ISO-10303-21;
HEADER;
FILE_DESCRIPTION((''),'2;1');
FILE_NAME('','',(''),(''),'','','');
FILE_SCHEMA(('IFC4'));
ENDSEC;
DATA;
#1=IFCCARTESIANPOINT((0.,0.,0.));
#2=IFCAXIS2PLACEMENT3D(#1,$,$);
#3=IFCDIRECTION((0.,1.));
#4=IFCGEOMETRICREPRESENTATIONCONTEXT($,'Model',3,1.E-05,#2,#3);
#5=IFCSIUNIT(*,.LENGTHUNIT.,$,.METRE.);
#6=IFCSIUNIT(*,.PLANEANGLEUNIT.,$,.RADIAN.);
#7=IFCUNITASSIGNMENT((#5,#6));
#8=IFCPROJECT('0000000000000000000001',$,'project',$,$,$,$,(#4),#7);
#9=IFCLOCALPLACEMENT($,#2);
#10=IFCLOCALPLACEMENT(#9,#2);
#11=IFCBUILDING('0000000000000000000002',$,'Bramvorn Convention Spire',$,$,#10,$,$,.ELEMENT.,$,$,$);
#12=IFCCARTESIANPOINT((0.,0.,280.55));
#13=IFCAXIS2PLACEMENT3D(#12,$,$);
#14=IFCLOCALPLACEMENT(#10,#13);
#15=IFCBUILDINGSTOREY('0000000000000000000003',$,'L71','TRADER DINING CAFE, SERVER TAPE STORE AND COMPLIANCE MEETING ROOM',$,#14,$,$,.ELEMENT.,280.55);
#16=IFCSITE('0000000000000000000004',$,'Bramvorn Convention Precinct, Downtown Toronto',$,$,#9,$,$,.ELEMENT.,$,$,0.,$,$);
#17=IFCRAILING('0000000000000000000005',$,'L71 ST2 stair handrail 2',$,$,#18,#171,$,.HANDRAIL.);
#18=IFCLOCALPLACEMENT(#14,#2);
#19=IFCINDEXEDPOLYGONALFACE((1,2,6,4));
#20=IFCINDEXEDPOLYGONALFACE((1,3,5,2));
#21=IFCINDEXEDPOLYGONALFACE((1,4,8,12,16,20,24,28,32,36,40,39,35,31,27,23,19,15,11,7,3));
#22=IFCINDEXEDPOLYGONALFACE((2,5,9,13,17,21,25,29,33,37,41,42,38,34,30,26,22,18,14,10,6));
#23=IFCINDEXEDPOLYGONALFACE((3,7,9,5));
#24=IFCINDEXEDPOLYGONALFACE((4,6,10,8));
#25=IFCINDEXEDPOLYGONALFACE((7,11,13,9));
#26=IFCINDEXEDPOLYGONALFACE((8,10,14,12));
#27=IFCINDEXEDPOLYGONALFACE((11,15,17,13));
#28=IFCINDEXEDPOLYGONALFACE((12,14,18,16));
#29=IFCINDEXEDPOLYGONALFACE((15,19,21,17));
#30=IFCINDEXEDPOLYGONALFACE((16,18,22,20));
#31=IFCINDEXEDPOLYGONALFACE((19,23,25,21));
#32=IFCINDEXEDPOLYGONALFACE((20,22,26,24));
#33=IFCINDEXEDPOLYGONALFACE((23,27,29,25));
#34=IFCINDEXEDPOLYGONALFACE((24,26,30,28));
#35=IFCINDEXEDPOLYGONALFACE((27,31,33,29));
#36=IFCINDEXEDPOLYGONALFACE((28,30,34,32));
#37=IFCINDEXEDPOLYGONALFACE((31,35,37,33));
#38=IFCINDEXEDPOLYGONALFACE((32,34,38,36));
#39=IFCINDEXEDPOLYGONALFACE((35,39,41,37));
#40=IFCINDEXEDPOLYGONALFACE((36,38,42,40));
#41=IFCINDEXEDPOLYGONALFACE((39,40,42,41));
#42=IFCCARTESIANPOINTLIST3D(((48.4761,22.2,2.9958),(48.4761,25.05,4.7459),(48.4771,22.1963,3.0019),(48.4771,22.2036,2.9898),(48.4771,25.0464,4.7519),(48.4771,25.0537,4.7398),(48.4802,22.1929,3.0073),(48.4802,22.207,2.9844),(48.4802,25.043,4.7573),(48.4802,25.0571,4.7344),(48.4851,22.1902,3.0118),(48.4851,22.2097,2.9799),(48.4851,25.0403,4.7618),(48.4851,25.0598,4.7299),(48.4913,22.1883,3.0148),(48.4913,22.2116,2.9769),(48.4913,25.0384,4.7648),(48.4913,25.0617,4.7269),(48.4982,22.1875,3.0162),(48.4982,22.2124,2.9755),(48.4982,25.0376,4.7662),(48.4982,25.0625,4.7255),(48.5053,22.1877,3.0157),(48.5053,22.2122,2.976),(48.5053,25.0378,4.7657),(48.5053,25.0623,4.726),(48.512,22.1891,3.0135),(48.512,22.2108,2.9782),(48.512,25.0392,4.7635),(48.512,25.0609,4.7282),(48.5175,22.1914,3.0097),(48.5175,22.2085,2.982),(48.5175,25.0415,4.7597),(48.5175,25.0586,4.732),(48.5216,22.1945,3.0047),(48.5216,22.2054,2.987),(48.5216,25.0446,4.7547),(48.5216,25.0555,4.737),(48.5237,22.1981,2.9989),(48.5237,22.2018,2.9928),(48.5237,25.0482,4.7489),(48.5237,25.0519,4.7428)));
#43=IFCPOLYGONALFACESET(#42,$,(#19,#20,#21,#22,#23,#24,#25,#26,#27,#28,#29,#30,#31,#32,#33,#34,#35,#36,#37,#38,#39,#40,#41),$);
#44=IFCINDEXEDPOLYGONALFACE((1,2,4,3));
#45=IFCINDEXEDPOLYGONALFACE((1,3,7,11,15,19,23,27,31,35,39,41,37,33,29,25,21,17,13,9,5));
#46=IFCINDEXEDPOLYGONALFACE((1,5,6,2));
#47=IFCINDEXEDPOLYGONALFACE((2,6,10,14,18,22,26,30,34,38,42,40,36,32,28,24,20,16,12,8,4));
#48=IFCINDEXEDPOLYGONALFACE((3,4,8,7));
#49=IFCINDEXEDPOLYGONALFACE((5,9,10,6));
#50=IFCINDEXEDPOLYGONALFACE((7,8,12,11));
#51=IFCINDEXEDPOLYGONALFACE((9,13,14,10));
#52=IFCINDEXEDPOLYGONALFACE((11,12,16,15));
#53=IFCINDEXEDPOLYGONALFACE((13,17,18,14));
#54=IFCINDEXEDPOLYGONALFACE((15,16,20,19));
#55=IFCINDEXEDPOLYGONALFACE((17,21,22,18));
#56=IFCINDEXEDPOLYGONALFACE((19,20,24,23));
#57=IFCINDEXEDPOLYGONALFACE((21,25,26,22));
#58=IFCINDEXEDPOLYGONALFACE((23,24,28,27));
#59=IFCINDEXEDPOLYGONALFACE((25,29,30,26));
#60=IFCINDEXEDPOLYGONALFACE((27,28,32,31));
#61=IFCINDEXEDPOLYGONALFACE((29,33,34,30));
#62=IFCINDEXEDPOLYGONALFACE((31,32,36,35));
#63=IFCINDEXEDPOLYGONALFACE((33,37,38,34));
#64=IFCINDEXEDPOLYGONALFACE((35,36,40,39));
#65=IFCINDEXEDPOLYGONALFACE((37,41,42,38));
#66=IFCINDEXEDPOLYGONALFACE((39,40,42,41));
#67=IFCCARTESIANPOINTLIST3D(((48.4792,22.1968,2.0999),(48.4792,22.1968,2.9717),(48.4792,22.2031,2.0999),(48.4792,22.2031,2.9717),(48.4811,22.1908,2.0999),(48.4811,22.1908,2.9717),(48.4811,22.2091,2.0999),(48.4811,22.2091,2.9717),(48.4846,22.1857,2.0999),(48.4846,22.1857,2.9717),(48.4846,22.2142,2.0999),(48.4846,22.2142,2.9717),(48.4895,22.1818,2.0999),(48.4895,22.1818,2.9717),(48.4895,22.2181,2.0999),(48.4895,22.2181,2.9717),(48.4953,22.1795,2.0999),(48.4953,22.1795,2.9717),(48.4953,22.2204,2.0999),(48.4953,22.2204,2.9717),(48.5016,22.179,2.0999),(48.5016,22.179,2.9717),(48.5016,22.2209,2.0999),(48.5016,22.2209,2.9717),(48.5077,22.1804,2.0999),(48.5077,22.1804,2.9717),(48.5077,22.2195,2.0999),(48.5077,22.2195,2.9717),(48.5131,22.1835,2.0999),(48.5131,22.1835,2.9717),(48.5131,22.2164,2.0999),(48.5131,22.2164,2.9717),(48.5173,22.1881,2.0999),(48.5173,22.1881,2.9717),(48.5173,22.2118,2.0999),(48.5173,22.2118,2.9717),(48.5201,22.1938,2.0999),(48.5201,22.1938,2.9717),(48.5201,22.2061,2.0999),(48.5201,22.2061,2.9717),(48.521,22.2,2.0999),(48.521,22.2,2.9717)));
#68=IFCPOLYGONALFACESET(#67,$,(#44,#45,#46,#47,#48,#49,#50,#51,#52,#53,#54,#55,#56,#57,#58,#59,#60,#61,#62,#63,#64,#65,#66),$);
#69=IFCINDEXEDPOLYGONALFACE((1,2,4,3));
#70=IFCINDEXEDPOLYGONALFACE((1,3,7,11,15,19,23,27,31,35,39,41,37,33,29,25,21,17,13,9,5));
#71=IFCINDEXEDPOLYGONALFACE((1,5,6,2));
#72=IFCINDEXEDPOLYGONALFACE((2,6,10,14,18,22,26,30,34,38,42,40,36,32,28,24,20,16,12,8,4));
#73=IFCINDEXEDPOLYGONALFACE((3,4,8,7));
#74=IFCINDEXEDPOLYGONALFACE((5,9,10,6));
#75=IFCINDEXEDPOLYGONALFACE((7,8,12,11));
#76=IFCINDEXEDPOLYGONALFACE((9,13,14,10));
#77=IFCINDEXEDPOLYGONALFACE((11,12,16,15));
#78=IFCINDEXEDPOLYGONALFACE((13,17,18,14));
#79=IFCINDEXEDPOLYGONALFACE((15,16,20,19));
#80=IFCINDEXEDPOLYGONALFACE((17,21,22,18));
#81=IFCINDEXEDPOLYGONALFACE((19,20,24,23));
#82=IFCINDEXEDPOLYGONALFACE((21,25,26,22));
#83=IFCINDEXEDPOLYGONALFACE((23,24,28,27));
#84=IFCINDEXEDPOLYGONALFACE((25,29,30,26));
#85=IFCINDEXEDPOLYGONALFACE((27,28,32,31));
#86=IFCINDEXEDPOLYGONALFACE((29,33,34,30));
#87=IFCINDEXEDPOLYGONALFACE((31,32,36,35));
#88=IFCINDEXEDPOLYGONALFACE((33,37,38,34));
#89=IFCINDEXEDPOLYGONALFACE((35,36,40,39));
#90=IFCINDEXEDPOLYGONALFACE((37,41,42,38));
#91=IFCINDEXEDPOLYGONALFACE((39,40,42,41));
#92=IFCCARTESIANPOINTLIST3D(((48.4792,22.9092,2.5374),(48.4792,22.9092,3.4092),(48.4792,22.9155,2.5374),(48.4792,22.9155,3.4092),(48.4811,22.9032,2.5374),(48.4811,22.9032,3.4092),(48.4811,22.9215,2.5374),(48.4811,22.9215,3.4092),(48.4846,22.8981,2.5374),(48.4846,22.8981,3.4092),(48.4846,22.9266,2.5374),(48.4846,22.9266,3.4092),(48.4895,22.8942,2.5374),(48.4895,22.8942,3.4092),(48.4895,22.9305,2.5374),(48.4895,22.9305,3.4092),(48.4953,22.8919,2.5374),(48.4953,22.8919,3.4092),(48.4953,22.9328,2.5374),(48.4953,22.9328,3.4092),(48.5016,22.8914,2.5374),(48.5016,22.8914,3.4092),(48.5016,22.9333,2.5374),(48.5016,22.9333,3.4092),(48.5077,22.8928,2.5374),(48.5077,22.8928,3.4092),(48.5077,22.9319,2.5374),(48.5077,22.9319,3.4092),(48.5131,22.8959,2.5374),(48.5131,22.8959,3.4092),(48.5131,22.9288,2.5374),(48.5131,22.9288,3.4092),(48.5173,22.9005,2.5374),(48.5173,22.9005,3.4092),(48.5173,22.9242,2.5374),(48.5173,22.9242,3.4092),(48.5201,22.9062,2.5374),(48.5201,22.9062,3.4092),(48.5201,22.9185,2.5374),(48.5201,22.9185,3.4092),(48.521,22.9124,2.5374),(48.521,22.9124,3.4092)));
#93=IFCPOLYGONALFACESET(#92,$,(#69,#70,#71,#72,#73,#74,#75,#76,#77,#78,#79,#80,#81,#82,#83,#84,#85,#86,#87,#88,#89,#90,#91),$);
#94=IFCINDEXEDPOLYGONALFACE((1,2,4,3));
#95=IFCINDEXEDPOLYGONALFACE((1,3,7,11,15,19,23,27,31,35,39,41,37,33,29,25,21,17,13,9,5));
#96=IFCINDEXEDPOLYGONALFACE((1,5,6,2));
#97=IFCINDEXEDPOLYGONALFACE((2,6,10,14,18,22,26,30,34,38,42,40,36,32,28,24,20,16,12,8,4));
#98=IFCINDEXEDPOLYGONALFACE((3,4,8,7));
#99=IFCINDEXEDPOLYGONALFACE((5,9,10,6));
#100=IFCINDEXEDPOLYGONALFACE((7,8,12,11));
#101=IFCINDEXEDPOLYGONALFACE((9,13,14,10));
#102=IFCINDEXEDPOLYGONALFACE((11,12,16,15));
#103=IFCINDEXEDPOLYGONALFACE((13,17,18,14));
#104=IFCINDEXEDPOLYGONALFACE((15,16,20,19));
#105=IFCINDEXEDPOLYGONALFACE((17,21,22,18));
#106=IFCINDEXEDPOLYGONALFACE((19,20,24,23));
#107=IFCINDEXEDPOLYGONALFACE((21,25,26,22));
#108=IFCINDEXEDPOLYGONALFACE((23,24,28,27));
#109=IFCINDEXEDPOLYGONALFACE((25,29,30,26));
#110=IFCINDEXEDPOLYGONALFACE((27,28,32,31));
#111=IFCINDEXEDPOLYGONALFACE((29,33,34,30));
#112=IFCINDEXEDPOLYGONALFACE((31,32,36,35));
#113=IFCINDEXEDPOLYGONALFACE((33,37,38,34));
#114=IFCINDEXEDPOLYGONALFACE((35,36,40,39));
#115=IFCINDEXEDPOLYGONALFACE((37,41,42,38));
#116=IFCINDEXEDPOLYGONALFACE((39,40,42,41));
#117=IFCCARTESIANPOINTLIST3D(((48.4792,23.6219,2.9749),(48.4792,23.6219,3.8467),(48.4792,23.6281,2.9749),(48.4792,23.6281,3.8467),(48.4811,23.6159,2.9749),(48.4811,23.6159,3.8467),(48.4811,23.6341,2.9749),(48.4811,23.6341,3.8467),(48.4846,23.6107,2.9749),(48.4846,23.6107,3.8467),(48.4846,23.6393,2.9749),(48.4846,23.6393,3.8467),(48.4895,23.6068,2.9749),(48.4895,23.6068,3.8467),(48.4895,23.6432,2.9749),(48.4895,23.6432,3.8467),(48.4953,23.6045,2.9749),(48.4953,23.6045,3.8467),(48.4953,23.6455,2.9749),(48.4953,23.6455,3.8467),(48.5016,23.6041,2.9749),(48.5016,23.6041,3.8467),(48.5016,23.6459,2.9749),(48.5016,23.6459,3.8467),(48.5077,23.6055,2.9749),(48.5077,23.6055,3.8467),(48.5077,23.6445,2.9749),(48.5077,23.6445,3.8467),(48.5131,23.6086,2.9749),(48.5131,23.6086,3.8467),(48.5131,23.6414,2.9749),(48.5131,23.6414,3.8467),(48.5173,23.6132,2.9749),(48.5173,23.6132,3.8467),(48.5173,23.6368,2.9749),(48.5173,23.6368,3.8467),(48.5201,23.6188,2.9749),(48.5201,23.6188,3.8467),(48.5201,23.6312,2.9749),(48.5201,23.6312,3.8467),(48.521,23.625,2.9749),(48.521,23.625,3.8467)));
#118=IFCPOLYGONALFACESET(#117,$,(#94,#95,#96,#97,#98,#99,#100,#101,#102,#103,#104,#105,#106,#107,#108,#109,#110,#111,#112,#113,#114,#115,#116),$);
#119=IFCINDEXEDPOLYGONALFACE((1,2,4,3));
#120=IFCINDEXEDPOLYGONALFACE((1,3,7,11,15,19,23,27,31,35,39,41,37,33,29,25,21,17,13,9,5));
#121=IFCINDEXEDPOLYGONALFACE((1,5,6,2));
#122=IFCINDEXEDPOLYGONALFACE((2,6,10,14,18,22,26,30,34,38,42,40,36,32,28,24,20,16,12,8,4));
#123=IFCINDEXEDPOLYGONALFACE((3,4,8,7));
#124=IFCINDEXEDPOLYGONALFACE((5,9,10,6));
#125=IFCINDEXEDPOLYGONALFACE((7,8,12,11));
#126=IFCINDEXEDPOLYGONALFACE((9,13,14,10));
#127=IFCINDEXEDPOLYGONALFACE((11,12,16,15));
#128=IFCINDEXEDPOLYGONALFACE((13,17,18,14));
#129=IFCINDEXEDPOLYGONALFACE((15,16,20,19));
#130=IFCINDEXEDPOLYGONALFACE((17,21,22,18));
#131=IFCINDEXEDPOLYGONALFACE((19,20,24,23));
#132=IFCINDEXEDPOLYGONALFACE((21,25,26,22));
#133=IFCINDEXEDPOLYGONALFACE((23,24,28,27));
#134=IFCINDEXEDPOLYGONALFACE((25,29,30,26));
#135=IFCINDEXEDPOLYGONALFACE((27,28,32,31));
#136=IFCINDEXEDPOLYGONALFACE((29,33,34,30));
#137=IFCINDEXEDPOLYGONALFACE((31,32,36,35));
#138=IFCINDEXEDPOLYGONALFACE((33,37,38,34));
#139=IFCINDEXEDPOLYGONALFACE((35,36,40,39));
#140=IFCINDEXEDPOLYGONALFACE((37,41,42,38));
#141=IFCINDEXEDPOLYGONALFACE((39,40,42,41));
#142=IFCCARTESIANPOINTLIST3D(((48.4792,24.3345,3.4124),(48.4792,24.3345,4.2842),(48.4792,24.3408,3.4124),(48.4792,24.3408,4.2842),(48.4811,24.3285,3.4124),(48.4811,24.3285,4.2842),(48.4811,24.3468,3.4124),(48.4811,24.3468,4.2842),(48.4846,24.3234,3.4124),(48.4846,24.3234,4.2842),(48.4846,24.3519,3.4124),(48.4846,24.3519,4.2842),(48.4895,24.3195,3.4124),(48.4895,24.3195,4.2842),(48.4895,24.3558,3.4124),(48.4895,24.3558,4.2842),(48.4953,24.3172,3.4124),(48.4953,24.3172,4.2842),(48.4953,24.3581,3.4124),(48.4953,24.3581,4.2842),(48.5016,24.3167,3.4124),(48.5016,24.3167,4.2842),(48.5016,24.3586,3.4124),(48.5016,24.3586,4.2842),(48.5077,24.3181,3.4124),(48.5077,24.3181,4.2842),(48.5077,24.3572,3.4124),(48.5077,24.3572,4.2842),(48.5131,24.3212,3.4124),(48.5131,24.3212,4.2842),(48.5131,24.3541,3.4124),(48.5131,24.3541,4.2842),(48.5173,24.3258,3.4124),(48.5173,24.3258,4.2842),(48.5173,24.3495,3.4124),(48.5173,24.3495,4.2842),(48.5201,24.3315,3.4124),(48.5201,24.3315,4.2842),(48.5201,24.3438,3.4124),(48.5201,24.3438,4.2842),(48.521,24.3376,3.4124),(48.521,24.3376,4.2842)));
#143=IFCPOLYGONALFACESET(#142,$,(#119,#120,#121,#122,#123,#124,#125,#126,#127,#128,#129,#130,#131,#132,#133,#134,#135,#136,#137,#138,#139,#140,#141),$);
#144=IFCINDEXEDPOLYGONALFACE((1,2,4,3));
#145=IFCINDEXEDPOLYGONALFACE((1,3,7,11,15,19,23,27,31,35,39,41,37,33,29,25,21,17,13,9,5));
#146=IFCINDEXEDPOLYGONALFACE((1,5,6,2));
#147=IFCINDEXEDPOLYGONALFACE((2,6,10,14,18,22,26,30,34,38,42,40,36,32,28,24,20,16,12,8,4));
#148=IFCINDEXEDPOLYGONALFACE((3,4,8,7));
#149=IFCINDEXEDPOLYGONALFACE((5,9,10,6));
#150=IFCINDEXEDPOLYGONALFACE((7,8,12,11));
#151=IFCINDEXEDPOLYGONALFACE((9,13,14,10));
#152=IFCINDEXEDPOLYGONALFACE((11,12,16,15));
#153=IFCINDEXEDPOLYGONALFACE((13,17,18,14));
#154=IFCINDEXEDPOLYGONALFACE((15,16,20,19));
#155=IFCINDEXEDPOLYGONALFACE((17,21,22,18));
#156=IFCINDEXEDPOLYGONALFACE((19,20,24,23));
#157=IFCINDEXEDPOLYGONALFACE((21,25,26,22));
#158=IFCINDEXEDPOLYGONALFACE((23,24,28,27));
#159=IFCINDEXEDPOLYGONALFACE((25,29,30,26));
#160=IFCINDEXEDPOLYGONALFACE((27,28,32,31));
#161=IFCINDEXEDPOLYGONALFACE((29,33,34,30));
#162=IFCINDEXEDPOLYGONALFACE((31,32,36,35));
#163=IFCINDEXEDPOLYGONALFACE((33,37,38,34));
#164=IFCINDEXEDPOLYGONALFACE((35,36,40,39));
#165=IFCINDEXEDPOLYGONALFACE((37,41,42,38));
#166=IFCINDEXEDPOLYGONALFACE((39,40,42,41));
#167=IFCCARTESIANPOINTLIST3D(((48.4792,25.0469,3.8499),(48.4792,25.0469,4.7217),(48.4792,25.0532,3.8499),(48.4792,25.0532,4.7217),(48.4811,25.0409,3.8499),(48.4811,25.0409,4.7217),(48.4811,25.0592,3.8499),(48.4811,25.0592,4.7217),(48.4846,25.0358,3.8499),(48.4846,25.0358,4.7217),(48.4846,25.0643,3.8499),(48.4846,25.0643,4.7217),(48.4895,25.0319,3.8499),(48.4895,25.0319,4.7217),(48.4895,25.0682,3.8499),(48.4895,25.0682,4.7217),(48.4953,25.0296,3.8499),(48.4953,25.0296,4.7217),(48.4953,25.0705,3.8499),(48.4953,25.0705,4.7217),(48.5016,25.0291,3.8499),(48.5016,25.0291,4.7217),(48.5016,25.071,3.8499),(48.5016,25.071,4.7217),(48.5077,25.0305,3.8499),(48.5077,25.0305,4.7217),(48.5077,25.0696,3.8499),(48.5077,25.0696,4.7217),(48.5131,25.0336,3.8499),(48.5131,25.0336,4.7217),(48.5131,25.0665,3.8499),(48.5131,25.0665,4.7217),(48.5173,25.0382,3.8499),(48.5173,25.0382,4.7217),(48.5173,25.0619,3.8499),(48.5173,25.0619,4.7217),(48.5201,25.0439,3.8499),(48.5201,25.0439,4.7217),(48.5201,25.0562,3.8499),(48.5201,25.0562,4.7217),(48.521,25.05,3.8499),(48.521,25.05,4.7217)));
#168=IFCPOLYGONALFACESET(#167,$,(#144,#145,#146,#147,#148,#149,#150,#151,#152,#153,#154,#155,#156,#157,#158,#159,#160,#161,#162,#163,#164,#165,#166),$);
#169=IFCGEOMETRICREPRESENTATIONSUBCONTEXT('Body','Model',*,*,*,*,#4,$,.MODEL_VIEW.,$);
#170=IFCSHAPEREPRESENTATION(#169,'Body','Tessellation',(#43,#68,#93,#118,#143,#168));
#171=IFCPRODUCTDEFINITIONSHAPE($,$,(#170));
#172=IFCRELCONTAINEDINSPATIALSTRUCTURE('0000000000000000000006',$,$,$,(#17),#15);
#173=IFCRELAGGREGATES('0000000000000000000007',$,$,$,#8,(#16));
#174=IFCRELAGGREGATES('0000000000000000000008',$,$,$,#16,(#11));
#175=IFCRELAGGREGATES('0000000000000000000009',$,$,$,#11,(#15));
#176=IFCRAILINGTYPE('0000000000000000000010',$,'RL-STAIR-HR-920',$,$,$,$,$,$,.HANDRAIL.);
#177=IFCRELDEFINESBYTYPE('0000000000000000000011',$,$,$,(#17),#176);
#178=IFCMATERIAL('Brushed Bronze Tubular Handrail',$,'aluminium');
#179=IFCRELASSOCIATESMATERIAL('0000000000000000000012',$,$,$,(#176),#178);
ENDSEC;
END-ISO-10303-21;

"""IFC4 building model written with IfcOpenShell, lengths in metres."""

from ifc_helpers import new_model, si_unit, direction, frame, origin, origin_2d, place, context, subcontext, project, spatial, circle, extrude, material, type_object, element, save


model = new_model("IFC4")

# Units and contexts
model_context = context("Model", 3, precision=1e-05, world=origin(), true_north=direction((0.0, 1.0)))
body_context = subcontext(model_context, "Body", "Model", "MODEL_VIEW")
ifc_project = project(units=[si_unit("LENGTHUNIT", "METRE"), si_unit("PLANEANGLEUNIT", "RADIAN")], contexts=[model_context])

# Site, building, storey
site_placement = place(None, origin())
site = spatial("IfcSite", under=ifc_project, at=site_placement, Name="Bramvorn Convention Precinct, Downtown Toronto", CompositionType="ELEMENT", RefElevation=0.0)
building_placement = place(site_placement, origin())
building = spatial("IfcBuilding", under=site, at=building_placement, Name="Bramvorn Convention Spire", CompositionType="ELEMENT")
storey_placement = place(building_placement, frame((0.0, 0.0, 280.55)))
storey = spatial("IfcBuildingStorey", under=building, at=storey_placement, Name="L71", Description="TRADER DINING CAFE, SERVER TAPE STORE AND COMPLIANCE MEETING ROOM", CompositionType="ELEMENT", Elevation=280.55)

# Railing
ifc_material_1 = material(Name="Brushed Bronze Tubular Handrail", Category="aluminium")
railing_type_1 = type_object("IfcRailingType", Name="RL-STAIR-HR-920", PredefinedType="HANDRAIL", material=ifc_material_1)
railing_1_placement = place(storey_placement, frame((48.5, 22.2, 2.0999)))
element("IfcRailing", 1, at=railing_1_placement, inside=storey, type_object=railing_type_1, Name="L71 ST2 stair handrail 2", PredefinedType="HANDRAIL", context=body_context, shape_type="SweptSolid", body=[
    extrude(circle(Radius=0.0239, at=origin_2d()), frame((0.0, 0.0, 0.896), z_axis=(0.0, 0.852179, 0.52325), x_axis=(-1.0, 0.0, 0.0)), (0.0, 0.0, 1.0), 3.3445),
    extrude(circle(Radius=0.021, at=origin_2d()), origin(), (0.0, 0.0, 1.0), 0.8718),
    extrude(circle(Radius=0.021, at=origin_2d()), frame((0.0, 0.7124, 0.4375)), (0.0, 0.0, 1.0), 0.8718),
    extrude(circle(Radius=0.021, at=origin_2d()), frame((0.0, 1.425, 0.875)), (0.0, 0.0, 1.0), 0.8718),
    extrude(circle(Radius=0.021, at=origin_2d()), frame((0.0, 2.1377, 1.3125)), (0.0, 0.0, 1.0), 0.8718),
    extrude(circle(Radius=0.021, at=origin_2d()), frame((0.0, 2.8501, 1.75)), (0.0, 0.0, 1.0), 0.8718),
])

save(model, "model.ifc")
